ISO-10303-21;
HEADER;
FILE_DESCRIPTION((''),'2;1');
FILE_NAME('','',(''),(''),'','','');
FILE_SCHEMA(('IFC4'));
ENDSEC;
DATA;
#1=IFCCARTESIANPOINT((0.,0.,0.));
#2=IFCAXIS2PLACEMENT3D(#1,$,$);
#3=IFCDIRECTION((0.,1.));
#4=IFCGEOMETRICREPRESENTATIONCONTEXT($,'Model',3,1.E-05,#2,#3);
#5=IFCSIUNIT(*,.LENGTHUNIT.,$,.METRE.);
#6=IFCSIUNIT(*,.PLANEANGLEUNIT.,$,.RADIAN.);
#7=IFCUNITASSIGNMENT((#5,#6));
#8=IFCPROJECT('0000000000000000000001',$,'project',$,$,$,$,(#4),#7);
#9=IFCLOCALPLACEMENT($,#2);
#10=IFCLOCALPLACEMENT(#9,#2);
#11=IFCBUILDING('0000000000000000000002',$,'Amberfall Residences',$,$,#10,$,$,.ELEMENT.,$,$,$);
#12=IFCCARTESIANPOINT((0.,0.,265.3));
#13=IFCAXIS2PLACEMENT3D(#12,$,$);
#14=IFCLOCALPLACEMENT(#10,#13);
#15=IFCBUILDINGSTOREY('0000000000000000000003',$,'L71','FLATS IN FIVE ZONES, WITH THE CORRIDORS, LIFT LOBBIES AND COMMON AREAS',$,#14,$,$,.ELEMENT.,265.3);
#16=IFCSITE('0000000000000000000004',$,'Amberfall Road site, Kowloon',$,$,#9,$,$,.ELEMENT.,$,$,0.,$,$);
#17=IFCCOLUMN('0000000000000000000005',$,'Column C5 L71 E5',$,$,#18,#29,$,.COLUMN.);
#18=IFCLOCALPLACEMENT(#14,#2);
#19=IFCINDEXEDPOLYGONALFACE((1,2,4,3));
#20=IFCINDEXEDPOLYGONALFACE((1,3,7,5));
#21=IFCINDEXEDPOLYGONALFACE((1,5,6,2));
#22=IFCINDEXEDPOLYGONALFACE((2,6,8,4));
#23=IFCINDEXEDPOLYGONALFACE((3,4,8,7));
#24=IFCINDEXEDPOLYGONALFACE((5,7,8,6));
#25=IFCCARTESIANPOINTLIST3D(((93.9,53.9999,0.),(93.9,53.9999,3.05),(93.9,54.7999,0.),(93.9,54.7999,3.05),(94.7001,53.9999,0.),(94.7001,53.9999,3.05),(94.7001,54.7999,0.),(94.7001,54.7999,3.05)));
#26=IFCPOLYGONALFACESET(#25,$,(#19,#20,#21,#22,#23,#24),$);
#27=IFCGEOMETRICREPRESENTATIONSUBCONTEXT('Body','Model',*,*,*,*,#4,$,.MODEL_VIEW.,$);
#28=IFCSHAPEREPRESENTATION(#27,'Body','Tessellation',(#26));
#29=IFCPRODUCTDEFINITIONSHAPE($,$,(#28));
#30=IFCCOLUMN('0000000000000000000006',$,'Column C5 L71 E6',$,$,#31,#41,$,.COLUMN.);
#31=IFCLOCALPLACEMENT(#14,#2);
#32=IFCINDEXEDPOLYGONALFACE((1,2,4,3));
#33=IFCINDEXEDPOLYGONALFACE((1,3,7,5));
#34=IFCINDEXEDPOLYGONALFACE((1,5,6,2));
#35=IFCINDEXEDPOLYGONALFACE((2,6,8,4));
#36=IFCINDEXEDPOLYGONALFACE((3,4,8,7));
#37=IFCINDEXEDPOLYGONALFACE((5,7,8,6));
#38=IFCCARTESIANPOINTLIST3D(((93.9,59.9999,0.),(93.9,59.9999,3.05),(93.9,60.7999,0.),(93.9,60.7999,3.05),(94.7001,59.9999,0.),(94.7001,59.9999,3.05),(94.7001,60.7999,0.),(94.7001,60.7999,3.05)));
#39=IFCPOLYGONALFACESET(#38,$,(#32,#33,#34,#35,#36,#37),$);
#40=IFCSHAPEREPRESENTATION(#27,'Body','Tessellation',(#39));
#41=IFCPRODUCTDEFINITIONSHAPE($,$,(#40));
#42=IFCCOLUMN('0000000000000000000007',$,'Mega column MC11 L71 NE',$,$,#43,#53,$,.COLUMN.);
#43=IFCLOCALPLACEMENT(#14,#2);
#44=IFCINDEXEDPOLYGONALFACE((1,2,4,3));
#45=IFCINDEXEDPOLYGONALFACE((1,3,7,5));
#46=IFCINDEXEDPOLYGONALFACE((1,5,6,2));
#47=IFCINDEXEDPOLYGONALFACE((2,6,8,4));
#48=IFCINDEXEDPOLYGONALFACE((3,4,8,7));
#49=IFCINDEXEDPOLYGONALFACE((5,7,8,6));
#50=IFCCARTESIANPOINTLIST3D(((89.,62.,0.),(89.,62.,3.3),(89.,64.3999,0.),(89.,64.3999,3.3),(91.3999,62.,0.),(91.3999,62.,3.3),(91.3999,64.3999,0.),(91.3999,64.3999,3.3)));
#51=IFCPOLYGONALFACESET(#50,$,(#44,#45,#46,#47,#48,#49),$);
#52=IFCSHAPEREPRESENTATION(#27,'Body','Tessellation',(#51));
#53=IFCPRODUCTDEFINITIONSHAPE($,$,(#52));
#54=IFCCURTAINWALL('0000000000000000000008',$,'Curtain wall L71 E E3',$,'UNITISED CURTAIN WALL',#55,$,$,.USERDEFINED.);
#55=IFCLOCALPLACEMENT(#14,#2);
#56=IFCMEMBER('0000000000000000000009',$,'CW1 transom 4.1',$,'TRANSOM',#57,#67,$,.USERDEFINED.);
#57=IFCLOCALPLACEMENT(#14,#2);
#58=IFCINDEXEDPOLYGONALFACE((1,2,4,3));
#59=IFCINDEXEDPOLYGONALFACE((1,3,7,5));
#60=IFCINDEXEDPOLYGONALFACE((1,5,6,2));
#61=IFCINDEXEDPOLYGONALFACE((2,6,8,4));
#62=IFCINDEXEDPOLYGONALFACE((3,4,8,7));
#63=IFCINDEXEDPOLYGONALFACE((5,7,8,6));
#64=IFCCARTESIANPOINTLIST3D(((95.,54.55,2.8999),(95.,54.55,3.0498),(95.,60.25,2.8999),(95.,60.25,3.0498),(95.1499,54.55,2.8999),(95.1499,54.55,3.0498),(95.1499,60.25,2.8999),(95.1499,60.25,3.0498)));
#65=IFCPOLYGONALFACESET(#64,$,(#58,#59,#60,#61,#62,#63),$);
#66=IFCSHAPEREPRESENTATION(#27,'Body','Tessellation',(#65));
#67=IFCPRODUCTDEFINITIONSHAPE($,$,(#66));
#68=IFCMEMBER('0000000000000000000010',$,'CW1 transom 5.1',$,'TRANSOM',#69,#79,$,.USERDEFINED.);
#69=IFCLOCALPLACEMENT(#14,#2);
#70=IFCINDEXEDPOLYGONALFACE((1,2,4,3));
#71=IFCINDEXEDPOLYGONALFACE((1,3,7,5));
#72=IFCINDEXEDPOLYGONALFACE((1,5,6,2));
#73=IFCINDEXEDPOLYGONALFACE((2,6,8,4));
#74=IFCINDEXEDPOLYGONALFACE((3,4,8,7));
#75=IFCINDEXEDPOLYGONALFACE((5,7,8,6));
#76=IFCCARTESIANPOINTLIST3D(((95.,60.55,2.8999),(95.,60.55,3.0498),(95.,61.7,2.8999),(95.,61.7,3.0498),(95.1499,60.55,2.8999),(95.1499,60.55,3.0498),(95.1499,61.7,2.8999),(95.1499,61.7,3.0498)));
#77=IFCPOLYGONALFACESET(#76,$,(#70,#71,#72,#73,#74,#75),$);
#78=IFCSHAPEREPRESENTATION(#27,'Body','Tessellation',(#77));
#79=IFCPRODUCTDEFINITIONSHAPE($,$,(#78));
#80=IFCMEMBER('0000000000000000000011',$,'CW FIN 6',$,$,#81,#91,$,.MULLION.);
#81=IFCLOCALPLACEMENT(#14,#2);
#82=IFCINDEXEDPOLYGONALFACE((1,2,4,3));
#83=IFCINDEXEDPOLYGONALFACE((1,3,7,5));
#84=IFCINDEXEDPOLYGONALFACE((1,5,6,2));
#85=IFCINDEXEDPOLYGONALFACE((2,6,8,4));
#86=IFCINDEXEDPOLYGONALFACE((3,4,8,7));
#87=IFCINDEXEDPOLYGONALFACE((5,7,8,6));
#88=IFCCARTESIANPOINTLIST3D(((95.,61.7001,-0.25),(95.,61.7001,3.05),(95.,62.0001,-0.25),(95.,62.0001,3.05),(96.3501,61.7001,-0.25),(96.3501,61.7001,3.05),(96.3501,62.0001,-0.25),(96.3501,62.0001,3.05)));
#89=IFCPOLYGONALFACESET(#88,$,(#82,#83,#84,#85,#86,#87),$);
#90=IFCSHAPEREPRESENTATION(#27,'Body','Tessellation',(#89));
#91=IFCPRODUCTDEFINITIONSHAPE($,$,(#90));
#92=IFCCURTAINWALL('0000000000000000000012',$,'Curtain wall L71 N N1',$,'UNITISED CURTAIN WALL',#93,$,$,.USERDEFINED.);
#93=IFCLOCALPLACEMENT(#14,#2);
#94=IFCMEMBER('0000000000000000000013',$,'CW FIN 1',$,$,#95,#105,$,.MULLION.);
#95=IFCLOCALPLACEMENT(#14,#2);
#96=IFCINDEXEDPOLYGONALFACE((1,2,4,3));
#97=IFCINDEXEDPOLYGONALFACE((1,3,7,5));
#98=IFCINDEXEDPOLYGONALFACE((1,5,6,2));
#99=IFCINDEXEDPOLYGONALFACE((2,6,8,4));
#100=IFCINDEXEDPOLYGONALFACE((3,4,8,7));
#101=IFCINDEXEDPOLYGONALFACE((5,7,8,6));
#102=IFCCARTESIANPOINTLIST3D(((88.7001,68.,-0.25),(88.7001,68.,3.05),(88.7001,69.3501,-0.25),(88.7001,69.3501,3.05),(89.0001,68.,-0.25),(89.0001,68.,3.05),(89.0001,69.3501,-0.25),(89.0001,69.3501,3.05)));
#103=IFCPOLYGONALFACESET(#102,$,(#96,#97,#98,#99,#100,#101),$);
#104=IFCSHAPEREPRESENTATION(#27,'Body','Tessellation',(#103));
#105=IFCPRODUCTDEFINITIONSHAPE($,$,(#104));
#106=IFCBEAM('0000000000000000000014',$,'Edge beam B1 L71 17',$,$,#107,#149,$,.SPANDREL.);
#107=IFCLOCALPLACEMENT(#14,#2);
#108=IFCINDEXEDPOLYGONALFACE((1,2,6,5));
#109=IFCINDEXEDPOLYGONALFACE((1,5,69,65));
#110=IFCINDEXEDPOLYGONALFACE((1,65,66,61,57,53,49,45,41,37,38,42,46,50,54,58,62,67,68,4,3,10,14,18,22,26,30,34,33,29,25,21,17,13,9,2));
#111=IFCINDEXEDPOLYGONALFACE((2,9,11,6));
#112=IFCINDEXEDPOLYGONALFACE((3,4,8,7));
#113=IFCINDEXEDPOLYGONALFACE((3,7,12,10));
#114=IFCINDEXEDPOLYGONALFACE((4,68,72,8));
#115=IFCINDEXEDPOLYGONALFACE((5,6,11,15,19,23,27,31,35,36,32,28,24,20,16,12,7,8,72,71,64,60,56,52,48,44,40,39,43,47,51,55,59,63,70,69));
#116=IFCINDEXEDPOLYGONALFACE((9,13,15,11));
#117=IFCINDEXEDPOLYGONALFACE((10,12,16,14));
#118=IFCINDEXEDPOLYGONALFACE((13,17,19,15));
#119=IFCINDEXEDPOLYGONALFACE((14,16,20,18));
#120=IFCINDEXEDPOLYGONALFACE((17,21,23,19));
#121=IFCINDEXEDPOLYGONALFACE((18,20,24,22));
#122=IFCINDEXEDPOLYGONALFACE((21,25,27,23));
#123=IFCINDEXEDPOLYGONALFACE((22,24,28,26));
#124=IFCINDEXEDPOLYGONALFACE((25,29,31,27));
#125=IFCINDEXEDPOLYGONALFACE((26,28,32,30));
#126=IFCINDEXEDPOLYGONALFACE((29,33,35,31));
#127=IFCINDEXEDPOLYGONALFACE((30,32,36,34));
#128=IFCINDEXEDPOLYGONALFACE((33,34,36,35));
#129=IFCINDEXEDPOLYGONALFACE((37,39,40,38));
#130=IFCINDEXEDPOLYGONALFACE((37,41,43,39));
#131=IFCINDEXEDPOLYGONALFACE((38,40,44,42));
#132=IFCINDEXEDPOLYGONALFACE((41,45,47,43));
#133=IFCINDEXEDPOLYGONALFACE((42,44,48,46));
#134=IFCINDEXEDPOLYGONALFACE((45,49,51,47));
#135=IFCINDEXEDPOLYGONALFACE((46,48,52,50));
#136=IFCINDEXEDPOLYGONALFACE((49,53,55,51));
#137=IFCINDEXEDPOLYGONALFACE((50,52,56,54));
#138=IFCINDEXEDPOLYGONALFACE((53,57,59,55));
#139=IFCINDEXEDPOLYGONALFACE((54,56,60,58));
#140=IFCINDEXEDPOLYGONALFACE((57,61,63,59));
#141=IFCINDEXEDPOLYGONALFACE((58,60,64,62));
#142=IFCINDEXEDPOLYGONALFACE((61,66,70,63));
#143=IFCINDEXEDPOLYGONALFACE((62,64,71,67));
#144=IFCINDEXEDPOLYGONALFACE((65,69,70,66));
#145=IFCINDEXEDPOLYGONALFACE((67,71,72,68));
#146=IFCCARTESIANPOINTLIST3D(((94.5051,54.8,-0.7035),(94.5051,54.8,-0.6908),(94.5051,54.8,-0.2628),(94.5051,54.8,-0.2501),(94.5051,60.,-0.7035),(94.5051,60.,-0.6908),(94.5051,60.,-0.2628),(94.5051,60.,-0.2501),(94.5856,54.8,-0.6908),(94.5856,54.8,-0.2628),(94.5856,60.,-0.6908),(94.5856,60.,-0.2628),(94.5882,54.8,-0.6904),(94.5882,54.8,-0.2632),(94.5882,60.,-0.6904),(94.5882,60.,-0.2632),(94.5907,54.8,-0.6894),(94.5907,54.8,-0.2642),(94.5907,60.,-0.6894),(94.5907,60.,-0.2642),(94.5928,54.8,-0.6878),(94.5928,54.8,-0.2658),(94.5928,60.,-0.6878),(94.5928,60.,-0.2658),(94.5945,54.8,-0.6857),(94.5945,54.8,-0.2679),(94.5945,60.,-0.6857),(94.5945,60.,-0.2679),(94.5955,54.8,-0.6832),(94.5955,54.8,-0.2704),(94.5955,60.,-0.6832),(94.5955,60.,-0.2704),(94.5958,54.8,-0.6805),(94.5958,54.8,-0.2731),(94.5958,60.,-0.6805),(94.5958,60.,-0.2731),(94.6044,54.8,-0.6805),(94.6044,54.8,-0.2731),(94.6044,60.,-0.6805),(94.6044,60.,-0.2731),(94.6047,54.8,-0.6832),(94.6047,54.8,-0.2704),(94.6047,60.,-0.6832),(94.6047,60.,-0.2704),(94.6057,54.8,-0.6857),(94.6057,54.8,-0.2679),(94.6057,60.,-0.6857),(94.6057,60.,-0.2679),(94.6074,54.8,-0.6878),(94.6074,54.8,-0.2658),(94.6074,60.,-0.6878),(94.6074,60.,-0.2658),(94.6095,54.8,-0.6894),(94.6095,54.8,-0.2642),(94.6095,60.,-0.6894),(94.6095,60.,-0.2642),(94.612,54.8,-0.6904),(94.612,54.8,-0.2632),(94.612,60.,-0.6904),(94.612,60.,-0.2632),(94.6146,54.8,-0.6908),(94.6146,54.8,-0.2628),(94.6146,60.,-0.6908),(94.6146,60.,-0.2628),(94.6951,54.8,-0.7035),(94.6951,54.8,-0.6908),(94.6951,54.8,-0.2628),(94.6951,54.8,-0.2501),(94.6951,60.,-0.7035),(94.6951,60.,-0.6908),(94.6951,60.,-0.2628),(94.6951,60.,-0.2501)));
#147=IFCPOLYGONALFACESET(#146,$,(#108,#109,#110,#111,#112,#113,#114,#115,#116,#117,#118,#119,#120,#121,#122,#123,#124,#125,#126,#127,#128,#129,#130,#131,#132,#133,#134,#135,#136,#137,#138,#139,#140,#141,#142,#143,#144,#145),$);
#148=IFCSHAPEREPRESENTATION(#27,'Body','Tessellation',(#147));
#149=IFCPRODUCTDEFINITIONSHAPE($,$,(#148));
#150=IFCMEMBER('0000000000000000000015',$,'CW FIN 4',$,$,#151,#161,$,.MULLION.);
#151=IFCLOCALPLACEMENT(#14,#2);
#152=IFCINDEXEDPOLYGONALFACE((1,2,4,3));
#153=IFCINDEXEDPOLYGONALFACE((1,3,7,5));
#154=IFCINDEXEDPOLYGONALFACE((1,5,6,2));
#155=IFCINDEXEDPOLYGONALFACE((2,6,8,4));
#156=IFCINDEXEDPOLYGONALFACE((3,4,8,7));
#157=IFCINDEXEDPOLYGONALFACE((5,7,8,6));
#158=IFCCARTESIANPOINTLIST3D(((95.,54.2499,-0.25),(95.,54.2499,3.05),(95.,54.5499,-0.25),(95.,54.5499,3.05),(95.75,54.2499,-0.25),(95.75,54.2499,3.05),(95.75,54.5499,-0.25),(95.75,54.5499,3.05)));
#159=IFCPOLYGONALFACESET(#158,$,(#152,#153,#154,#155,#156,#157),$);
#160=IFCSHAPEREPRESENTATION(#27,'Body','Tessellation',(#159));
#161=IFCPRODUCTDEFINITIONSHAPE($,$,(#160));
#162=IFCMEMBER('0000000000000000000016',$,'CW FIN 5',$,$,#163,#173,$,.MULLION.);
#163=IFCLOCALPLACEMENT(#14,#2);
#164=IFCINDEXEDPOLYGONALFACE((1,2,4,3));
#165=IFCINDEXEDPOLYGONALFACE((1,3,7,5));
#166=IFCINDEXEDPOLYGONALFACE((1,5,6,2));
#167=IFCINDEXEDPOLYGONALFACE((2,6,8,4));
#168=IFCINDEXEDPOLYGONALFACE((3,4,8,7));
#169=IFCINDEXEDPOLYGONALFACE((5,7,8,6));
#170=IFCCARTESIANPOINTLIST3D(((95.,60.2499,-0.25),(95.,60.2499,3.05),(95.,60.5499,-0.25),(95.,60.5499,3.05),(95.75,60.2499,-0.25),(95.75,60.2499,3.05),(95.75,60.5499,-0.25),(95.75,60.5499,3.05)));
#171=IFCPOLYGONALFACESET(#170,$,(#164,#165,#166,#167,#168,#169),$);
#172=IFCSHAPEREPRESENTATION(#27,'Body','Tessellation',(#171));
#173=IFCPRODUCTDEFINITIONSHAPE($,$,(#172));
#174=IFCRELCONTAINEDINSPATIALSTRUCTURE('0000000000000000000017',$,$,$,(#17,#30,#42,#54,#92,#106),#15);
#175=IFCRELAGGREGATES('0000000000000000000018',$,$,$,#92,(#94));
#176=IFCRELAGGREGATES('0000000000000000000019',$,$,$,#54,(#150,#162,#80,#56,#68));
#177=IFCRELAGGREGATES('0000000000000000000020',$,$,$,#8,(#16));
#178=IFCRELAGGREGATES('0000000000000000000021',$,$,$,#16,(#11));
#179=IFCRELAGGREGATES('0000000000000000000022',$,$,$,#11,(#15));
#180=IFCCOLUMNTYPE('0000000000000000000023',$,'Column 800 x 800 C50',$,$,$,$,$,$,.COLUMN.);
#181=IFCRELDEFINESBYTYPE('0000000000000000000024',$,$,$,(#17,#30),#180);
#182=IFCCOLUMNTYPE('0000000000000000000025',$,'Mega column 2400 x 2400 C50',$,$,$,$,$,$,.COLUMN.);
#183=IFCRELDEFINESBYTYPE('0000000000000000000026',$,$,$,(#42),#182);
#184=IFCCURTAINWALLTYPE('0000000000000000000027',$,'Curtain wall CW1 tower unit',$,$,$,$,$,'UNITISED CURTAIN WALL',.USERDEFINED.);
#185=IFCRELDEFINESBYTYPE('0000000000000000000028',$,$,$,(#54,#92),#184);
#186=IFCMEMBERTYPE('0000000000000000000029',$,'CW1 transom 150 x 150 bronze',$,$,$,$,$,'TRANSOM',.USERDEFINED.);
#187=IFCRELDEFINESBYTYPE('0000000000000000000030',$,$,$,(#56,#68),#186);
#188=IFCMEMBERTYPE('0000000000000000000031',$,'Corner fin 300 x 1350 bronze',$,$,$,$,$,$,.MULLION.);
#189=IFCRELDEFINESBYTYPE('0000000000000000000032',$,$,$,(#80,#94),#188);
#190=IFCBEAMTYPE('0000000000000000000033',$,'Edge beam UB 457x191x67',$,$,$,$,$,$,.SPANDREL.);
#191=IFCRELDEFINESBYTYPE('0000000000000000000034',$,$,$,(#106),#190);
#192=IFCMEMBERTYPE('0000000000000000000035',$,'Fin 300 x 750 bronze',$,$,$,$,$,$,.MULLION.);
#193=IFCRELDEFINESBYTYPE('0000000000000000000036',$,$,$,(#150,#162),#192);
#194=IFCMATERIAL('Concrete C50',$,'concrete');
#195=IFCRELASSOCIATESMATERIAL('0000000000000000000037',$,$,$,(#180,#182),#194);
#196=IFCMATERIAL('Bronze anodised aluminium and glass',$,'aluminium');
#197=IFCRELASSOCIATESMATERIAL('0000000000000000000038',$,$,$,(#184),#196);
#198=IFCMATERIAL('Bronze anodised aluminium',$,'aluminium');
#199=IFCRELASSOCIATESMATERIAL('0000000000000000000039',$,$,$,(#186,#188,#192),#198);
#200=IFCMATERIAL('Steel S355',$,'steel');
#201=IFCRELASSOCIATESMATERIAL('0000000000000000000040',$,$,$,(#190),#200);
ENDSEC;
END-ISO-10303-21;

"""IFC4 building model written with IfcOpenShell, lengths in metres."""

from ifc_helpers import new_model, si_unit, direction, frame, origin, origin_2d, place, context, subcontext, project, spatial, rectangle, i_section, extrude, material, material_profile, profile_set, type_object, element, aggregate, save


model = new_model("IFC4")

# Units and contexts
model_context = context("Model", 3, precision=1e-05, world=origin(), true_north=direction((0.0, 1.0)))
body_context = subcontext(model_context, "Body", "Model", "MODEL_VIEW")
ifc_project = project(units=[si_unit("LENGTHUNIT", "METRE"), si_unit("PLANEANGLEUNIT", "RADIAN")], contexts=[model_context])

# Site, building, storey
site_placement = place(None, origin())
site = spatial("IfcSite", under=ifc_project, at=site_placement, Name="Amberfall Road site, Kowloon", CompositionType="ELEMENT", RefElevation=0.0)
building_placement = place(site_placement, origin())
building = spatial("IfcBuilding", under=site, at=building_placement, Name="Amberfall Residences", CompositionType="ELEMENT")
storey_placement = place(building_placement, frame((0.0, 0.0, 265.3)))
storey = spatial("IfcBuildingStorey", under=building, at=storey_placement, Name="L71", Description="FLATS IN FIVE ZONES, WITH THE CORRIDORS, LIFT LOBBIES AND COMMON AREAS", CompositionType="ELEMENT", Elevation=265.3)

# Columns
ifc_material_1 = material(Name="Concrete C50", Category="concrete")
ifc_material_profile_1 = material_profile(ifc_material_1, rectangle(XDim=0.8, YDim=0.8, at=origin_2d()), Name="Column 800 x 800 C50")
ifc_profile_set_1 = profile_set([ifc_material_profile_1], Name="Concrete C50")
column_type_1 = type_object("IfcColumnType", Name="Column 800 x 800 C50", PredefinedType="COLUMN", material=ifc_profile_set_1)
for number, where, z_axis, x_axis, name in (
    (1, (94.3, 54.3999, 0.0), (0.0, 0.0, 1.0), (1.0, 0.0, 0.0), "Column C5 L71 E5"),
    (2, (94.3, 60.3999, 0.0), (0.0, 0.0, 1.0), (1.0, 0.0, 0.0), "Column C5 L71 E6"),
):
    element("IfcColumn", number, at=place(storey_placement, frame(where, z_axis=z_axis, x_axis=x_axis)), inside=storey, type_object=column_type_1, Name=name, PredefinedType="COLUMN", context=body_context, shape_type="SweptSolid", body=[
        extrude(rectangle(XDim=0.8, YDim=0.8, at=origin_2d()), origin(), (0.0, 0.0, 1.0), 3.05),
    ])
ifc_material_profile_2 = material_profile(ifc_material_1, rectangle(XDim=2.3999, YDim=2.3999, at=origin_2d()), Name="Mega column 2400 x 2400 C50")
ifc_profile_set_2 = profile_set([ifc_material_profile_2], Name="Concrete C50")
column_type_2 = type_object("IfcColumnType", Name="Mega column 2400 x 2400 C50", PredefinedType="COLUMN", material=ifc_profile_set_2)
column_placement = place(storey_placement, frame((90.2, 63.2, 0.0), z_axis=(0.0, 0.0, 1.0), x_axis=(1.0, 0.0, 0.0)))
element("IfcColumn", 3, at=column_placement, inside=storey, type_object=column_type_2, Name="Mega column MC11 L71 NE", PredefinedType="COLUMN", context=body_context, shape_type="SweptSolid", body=[
    extrude(rectangle(XDim=2.3999, YDim=2.3999, at=origin_2d()), origin(), (0.0, 0.0, 1.0), 3.3),
])

# Curtain wall, members
ifc_material_2 = material(Name="Bronze anodised aluminium and glass", Category="aluminium")
curtain_wall_type = type_object("IfcCurtainWallType", Name="Curtain wall CW1 tower unit", ElementType="UNITISED CURTAIN WALL", PredefinedType="USERDEFINED", material=ifc_material_2)
curtain_wall_1_placement = place(storey_placement, origin())
curtain_wall_1 = element("IfcCurtainWall", 4, at=curtain_wall_1_placement, inside=storey, type_object=curtain_wall_type, Name="Curtain wall L71 E E3", ObjectType="UNITISED CURTAIN WALL", PredefinedType="USERDEFINED")
ifc_material_3 = material(Name="Bronze anodised aluminium", Category="aluminium")
ifc_material_profile_3 = material_profile(ifc_material_3, rectangle(XDim=0.1499, YDim=0.1499, at=origin_2d()), Name="CW1 transom 150 x 150 bronze")
ifc_profile_set_3 = profile_set([ifc_material_profile_3], Name="Bronze anodised aluminium")
member_type_1 = type_object("IfcMemberType", Name="CW1 transom 150 x 150 bronze", ElementType="TRANSOM", PredefinedType="USERDEFINED", material=ifc_profile_set_3)
member_1_placement = place(storey_placement, frame((95.075, 54.55, 2.9749), z_axis=(0.0, 1.0, 0.0), x_axis=(-1.0, 0.0, 0.0)))
member_1 = element("IfcMember", 5, at=member_1_placement, type_object=member_type_1, Name="CW1 transom 4.1", ObjectType="TRANSOM", PredefinedType="USERDEFINED", context=body_context, shape_type="SweptSolid", body=[
    extrude(rectangle(XDim=0.1499, YDim=0.1499, at=origin_2d()), origin(), (0.0, 0.0, 1.0), 5.7),
])
member_2_placement = place(storey_placement, frame((95.075, 60.55, 2.9749), z_axis=(0.0, 1.0, 0.0), x_axis=(-1.0, 0.0, 0.0)))
member_2 = element("IfcMember", 6, at=member_2_placement, type_object=member_type_1, Name="CW1 transom 5.1", ObjectType="TRANSOM", PredefinedType="USERDEFINED", context=body_context, shape_type="SweptSolid", body=[
    extrude(rectangle(XDim=0.1499, YDim=0.1499, at=origin_2d()), origin(), (0.0, 0.0, 1.0), 1.1499),
])
ifc_material_profile_4 = material_profile(ifc_material_3, rectangle(XDim=1.3501, YDim=0.3, at=origin_2d()), Name="Corner fin 300 x 1350 bronze")
ifc_profile_set_4 = profile_set([ifc_material_profile_4], Name="Bronze anodised aluminium")
member_type_2 = type_object("IfcMemberType", Name="Corner fin 300 x 1350 bronze", PredefinedType="MULLION", material=ifc_profile_set_4)
member_3_placement = place(storey_placement, frame((95.675, 61.8501, -0.25), z_axis=(0.0, 0.0, 1.0), x_axis=(-1.0, 0.0, 0.0)))
member_3 = element("IfcMember", 7, at=member_3_placement, type_object=member_type_2, Name="CW FIN 6", PredefinedType="MULLION", context=body_context, shape_type="SweptSolid", body=[
    extrude(rectangle(XDim=1.3501, YDim=0.3, at=origin_2d()), origin(), (0.0, 0.0, 1.0), 3.3),
])

# Curtain wall, member
curtain_wall_2_placement = place(storey_placement, origin())
curtain_wall_2 = element("IfcCurtainWall", 8, at=curtain_wall_2_placement, inside=storey, type_object=curtain_wall_type, Name="Curtain wall L71 N N1", ObjectType="UNITISED CURTAIN WALL", PredefinedType="USERDEFINED")
member_4_placement = place(storey_placement, frame((88.8501, 68.675, -0.25), z_axis=(0.0, 0.0, 1.0), x_axis=(0.0, -1.0, 0.0)))
member_4 = element("IfcMember", 9, at=member_4_placement, type_object=member_type_2, Name="CW FIN 1", PredefinedType="MULLION", context=body_context, shape_type="SweptSolid", body=[
    extrude(rectangle(XDim=1.3501, YDim=0.3, at=origin_2d()), origin(), (0.0, 0.0, 1.0), 3.3),
])
aggregate(curtain_wall_2, [member_4])

# Beam
ifc_material_4 = material(Name="Steel S355", Category="steel")
ifc_material_profile_5 = material_profile(ifc_material_4, i_section(OverallWidth=0.1899, OverallDepth=0.4534, WebThickness=0.0085, FlangeThickness=0.0127, FilletRadius=0.0103, at=origin_2d()), Name="UB 457x191x67")
ifc_profile_set_5 = profile_set([ifc_material_profile_5], Name="Steel S355")
beam_type_1 = type_object("IfcBeamType", Name="Edge beam UB 457x191x67", PredefinedType="SPANDREL", material=ifc_profile_set_5)
beam_1_placement = place(storey_placement, frame((94.6001, 54.8, -0.4768), z_axis=(0.0, 1.0, 0.0), x_axis=(-1.0, 0.0, 0.0)))
element("IfcBeam", 10, at=beam_1_placement, inside=storey, type_object=beam_type_1, Name="Edge beam B1 L71 17", PredefinedType="SPANDREL", context=body_context, shape_type="SweptSolid", body=[
    extrude(i_section(OverallWidth=0.1899, OverallDepth=0.4534, WebThickness=0.0085, FlangeThickness=0.0127, FilletRadius=0.0103, at=origin_2d()), origin(), (0.0, 0.0, 1.0), 5.2),
])

# Members
ifc_material_profile_6 = material_profile(ifc_material_3, rectangle(XDim=0.75, YDim=0.3, at=origin_2d()), Name="Fin 300 x 750 bronze")
ifc_profile_set_6 = profile_set([ifc_material_profile_6], Name="Bronze anodised aluminium")
member_type_3 = type_object("IfcMemberType", Name="Fin 300 x 750 bronze", PredefinedType="MULLION", material=ifc_profile_set_6)
member_5_placement = place(storey_placement, frame((95.375, 54.3999, -0.25), z_axis=(0.0, 0.0, 1.0), x_axis=(-1.0, 0.0, 0.0)))
member_5 = element("IfcMember", 11, at=member_5_placement, type_object=member_type_3, Name="CW FIN 4", PredefinedType="MULLION", context=body_context, shape_type="SweptSolid", body=[
    extrude(rectangle(XDim=0.75, YDim=0.3, at=origin_2d()), origin(), (0.0, 0.0, 1.0), 3.3),
])
member_6_placement = place(storey_placement, frame((95.375, 60.3999, -0.25), z_axis=(0.0, 0.0, 1.0), x_axis=(-1.0, 0.0, 0.0)))
member_6 = element("IfcMember", 12, at=member_6_placement, type_object=member_type_3, Name="CW FIN 5", PredefinedType="MULLION", context=body_context, shape_type="SweptSolid", body=[
    extrude(rectangle(XDim=0.75, YDim=0.3, at=origin_2d()), origin(), (0.0, 0.0, 1.0), 3.3),
])

aggregate(curtain_wall_1, [member_5, member_6, member_3, member_1, member_2])

save(model, "model.ifc")
